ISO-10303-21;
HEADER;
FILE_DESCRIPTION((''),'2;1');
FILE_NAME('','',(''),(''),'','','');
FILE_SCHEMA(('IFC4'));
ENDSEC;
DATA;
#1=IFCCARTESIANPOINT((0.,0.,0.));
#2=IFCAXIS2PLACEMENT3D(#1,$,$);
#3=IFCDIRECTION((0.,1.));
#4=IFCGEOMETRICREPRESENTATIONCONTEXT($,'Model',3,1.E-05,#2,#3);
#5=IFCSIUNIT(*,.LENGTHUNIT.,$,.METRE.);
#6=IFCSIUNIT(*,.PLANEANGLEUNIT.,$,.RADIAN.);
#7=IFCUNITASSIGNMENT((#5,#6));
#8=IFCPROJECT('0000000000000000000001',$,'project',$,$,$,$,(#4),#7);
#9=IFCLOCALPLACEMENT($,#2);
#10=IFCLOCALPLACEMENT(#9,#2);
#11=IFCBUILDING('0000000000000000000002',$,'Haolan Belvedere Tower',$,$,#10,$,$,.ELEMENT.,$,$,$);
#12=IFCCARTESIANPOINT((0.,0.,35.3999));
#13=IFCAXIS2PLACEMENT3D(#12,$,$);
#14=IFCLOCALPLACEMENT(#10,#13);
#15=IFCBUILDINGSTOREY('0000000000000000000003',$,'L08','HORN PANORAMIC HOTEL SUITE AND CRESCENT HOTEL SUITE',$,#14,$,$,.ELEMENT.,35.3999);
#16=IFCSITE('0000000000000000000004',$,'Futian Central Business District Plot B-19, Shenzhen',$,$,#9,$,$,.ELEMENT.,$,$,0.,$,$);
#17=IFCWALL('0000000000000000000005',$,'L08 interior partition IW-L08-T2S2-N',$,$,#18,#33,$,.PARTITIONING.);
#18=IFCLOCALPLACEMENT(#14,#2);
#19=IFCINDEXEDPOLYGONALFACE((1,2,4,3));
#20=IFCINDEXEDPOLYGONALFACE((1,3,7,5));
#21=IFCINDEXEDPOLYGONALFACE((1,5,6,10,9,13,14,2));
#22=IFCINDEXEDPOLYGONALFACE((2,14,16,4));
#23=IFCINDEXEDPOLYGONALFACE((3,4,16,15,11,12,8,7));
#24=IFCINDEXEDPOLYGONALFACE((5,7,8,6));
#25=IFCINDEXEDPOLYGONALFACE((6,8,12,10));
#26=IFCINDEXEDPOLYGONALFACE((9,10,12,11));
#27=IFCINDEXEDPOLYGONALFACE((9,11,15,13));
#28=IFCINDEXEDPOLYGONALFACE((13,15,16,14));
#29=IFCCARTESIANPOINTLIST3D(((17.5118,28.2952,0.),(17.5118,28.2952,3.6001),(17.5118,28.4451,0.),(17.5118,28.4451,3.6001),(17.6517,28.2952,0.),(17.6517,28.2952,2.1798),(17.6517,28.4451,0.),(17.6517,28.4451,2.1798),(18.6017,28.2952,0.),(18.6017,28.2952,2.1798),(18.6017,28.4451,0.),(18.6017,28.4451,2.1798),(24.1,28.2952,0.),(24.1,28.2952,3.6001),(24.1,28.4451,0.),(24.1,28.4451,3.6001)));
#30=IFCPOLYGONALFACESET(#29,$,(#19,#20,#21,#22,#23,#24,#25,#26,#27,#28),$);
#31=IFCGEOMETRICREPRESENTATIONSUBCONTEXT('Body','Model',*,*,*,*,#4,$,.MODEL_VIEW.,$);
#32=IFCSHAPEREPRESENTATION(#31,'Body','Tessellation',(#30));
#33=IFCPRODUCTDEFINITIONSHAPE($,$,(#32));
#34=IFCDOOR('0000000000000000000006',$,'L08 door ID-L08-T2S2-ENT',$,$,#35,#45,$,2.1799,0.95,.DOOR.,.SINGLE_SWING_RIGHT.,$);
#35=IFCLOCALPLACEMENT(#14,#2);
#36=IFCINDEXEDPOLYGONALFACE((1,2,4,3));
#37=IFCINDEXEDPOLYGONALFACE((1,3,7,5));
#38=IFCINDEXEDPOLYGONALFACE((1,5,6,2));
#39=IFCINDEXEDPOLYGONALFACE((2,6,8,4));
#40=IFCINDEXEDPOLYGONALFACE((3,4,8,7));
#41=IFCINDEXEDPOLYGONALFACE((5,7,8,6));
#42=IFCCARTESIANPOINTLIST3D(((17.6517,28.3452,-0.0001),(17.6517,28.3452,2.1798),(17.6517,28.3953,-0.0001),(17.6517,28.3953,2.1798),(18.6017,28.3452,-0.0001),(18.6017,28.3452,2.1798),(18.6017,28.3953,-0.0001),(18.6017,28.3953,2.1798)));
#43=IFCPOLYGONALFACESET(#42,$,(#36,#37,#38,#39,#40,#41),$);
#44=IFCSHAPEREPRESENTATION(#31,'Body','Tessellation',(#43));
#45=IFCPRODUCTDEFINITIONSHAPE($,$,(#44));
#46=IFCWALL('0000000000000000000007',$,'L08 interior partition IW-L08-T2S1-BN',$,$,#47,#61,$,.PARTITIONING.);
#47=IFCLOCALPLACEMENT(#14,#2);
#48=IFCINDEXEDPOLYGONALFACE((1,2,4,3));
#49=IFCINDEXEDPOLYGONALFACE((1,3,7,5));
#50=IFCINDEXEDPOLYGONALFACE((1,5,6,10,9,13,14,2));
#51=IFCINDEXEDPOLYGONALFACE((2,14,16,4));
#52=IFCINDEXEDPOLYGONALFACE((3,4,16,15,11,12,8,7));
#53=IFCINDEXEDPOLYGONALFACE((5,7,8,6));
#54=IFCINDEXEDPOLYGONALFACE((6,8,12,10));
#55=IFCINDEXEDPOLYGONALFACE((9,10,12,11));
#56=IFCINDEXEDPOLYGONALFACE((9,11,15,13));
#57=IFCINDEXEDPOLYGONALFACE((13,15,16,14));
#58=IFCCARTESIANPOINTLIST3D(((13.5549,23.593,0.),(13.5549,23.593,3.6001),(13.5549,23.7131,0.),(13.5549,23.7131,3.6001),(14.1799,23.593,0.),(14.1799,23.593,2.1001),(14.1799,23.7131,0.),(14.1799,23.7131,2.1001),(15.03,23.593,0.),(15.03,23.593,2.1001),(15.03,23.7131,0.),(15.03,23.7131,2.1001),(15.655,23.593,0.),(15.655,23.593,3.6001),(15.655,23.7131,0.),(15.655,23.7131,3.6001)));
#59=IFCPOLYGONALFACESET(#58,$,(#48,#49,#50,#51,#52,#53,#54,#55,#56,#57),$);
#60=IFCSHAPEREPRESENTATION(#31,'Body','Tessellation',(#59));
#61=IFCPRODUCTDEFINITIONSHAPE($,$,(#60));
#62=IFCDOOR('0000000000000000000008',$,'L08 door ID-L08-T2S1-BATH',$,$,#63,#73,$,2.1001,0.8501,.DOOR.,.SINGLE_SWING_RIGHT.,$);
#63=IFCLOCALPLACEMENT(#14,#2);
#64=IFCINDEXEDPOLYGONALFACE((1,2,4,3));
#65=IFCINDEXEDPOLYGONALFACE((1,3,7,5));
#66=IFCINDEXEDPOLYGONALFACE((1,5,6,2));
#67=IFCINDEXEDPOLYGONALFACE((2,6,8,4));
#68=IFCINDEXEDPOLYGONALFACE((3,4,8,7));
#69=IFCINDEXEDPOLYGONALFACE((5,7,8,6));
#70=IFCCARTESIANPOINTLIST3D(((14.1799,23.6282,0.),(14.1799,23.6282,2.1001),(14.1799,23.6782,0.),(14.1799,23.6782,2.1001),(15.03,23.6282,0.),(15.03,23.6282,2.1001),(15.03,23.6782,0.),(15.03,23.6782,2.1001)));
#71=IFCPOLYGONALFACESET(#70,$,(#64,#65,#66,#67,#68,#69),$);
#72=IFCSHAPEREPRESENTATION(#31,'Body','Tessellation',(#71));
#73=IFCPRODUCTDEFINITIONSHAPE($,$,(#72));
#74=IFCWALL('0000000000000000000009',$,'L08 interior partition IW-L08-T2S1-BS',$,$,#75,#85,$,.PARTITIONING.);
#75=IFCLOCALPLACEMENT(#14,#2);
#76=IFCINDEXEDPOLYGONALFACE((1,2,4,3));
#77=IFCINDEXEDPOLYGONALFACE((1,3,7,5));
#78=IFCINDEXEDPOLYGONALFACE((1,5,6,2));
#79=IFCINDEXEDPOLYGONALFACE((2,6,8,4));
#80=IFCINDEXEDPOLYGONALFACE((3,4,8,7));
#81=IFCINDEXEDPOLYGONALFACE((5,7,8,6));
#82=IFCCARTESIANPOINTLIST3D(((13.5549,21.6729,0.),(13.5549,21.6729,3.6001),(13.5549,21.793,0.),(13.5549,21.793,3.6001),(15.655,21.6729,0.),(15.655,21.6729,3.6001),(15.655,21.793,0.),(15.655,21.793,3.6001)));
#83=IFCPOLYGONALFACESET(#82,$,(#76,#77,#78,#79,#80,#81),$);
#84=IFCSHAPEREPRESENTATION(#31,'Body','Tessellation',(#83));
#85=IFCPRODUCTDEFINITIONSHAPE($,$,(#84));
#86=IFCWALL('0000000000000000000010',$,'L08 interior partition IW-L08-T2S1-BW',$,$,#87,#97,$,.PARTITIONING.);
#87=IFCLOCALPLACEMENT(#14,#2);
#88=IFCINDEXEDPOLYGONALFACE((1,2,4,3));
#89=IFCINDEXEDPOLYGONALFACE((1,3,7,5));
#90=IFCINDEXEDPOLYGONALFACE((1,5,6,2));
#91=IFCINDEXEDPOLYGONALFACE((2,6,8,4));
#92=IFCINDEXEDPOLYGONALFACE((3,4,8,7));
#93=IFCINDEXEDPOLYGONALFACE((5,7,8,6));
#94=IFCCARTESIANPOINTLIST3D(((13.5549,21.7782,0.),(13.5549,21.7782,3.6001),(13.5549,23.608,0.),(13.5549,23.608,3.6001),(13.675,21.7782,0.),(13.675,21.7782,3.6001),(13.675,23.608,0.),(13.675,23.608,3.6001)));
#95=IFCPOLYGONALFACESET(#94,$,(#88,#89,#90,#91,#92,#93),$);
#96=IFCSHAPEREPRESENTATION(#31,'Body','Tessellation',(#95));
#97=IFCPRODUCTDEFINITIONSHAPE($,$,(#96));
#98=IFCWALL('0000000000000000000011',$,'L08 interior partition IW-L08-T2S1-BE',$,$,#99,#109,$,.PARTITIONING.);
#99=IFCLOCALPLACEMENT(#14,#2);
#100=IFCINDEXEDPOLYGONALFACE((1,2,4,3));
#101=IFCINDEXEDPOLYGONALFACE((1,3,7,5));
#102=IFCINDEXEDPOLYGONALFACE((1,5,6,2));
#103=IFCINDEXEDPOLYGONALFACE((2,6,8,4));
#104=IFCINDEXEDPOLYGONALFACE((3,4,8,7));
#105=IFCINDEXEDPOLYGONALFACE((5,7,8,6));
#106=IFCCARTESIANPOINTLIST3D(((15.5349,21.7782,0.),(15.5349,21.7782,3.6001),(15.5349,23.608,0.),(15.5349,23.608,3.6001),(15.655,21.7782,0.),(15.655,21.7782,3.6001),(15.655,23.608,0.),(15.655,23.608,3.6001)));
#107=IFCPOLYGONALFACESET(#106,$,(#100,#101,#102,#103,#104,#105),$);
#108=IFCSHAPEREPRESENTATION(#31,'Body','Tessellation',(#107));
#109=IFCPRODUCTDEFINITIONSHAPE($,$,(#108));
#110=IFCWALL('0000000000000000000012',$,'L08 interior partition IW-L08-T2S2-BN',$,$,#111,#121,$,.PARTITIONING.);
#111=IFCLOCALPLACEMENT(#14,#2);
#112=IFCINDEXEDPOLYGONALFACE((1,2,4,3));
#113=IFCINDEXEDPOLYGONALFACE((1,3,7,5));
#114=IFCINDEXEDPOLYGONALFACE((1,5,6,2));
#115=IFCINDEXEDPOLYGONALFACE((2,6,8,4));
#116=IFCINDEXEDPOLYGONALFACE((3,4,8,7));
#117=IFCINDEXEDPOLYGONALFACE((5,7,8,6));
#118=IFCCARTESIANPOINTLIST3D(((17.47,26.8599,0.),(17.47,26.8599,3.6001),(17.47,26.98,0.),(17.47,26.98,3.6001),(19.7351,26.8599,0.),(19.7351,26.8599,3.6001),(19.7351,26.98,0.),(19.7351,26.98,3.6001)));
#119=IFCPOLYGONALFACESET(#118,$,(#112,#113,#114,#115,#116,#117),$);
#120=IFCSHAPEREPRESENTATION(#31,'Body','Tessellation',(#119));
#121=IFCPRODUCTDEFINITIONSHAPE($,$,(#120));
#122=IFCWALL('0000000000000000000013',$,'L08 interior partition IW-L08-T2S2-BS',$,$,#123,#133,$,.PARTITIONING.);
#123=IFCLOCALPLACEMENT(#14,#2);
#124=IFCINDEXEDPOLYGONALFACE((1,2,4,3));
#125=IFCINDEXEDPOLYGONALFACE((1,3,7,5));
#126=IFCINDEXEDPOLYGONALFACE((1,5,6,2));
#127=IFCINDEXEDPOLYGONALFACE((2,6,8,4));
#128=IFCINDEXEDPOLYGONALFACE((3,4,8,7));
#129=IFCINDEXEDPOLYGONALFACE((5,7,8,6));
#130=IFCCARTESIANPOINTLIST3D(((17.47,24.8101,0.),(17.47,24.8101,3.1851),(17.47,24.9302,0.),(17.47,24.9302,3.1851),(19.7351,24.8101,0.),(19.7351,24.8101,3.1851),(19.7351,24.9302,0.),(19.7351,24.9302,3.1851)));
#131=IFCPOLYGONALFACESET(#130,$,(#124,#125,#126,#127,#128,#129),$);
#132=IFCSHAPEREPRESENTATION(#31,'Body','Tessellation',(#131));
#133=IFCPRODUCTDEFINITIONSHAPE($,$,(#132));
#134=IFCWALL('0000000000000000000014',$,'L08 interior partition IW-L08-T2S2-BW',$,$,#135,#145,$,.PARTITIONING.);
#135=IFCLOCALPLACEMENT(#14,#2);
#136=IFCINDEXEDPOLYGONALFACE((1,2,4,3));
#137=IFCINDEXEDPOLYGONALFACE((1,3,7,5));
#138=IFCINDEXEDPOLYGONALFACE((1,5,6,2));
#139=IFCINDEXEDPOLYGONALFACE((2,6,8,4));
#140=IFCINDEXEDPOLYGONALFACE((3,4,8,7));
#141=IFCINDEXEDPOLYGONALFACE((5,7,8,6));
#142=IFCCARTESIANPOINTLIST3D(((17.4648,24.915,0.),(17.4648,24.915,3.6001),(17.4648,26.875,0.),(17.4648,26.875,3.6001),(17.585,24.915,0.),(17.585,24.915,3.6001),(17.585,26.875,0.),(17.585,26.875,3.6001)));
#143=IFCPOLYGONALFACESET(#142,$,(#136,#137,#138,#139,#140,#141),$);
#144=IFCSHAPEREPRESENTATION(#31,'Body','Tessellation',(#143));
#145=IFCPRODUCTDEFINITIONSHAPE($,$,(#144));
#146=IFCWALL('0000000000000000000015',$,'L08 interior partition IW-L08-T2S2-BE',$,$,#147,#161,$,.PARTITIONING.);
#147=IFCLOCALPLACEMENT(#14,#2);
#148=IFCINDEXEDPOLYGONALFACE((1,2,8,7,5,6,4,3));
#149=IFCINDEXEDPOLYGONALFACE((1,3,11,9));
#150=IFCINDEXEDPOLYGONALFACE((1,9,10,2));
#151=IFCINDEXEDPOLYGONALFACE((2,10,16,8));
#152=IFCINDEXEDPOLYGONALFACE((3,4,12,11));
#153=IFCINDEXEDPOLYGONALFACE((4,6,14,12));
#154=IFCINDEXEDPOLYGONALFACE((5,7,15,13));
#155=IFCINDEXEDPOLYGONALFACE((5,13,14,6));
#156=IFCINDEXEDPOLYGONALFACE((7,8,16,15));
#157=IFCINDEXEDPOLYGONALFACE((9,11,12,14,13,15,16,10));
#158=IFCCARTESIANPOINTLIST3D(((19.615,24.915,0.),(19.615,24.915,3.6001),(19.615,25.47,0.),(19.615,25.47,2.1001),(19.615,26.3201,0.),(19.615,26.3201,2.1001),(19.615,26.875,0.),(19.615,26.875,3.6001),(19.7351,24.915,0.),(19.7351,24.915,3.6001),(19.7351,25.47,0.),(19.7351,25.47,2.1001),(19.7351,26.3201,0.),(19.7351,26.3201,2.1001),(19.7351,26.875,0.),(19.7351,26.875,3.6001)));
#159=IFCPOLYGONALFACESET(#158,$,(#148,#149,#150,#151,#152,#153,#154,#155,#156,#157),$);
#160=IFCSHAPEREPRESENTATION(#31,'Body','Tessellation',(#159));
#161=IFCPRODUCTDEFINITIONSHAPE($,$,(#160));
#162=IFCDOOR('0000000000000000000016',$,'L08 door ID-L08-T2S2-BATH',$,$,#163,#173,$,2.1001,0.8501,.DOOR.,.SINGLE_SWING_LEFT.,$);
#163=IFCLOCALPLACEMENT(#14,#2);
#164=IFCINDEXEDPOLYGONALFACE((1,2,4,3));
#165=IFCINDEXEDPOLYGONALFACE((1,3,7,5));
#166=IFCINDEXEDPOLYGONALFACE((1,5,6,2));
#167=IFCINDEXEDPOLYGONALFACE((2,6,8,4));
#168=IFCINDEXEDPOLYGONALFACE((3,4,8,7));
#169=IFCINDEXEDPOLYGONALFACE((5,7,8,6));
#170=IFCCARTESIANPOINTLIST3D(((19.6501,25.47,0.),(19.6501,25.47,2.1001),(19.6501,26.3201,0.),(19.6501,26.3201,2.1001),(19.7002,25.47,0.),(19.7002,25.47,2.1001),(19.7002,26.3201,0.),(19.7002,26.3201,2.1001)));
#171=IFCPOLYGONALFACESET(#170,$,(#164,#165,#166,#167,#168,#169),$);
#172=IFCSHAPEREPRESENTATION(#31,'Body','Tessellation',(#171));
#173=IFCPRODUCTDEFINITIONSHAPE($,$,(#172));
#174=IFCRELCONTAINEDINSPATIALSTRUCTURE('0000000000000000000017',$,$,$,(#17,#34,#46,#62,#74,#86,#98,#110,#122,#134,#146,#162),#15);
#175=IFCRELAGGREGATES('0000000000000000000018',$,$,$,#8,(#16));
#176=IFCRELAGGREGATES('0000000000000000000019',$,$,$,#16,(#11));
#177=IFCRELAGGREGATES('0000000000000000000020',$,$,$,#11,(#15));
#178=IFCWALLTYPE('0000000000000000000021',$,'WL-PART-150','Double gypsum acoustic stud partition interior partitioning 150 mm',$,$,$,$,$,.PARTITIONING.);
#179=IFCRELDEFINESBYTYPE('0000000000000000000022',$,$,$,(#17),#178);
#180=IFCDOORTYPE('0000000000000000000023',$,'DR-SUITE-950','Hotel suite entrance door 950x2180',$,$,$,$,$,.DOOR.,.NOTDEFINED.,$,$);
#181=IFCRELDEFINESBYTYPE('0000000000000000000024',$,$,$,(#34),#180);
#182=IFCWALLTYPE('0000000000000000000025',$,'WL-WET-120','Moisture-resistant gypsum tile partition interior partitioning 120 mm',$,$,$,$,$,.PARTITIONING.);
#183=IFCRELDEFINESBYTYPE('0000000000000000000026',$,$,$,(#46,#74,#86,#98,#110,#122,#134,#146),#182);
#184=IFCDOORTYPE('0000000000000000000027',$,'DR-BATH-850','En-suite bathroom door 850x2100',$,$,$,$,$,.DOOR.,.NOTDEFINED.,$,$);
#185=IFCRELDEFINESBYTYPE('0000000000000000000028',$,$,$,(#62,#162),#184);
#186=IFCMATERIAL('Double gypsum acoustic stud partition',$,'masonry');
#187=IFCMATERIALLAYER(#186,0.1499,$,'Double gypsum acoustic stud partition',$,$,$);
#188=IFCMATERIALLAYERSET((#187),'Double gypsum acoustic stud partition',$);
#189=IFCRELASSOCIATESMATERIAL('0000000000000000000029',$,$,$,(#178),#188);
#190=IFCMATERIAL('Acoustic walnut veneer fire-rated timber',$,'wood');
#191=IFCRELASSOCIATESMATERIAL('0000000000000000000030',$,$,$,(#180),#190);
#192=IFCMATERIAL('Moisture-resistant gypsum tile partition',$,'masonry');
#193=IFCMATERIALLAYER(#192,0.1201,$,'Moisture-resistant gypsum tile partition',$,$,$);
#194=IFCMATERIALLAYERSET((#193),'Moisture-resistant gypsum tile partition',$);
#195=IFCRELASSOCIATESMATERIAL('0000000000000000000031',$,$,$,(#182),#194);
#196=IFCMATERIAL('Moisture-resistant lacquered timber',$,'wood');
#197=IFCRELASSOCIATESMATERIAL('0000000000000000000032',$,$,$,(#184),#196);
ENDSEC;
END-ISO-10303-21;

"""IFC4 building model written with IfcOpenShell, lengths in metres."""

from ifc_helpers import new_model, si_unit, direction, frame, frame_2d, origin, place, context, subcontext, project, spatial, rectangle, extrude, material, layer, layer_set, type_object, element, fill, save


model = new_model("IFC4")

# Units and contexts
model_context = context("Model", 3, precision=1e-05, world=origin(), true_north=direction((0.0, 1.0)))
body_context = subcontext(model_context, "Body", "Model", "MODEL_VIEW")
ifc_project = project(units=[si_unit("LENGTHUNIT", "METRE"), si_unit("PLANEANGLEUNIT", "RADIAN")], contexts=[model_context])

# Site, building, storey
site_placement = place(None, origin())
site = spatial("IfcSite", under=ifc_project, at=site_placement, Name="Futian Central Business District Plot B-19, Shenzhen", CompositionType="ELEMENT", RefElevation=0.0)
building_placement = place(site_placement, origin())
building = spatial("IfcBuilding", under=site, at=building_placement, Name="Haolan Belvedere Tower", CompositionType="ELEMENT")
storey_placement = place(building_placement, frame((0.0, 0.0, 35.3999)))
storey = spatial("IfcBuildingStorey", under=building, at=storey_placement, Name="L08", Description="HORN PANORAMIC HOTEL SUITE AND CRESCENT HOTEL SUITE", CompositionType="ELEMENT", Elevation=35.3999)

# Shared definitions
ifc_material_1 = material(Name="Double gypsum acoustic stud partition", Category="masonry")
ifc_layer_1 = layer(ifc_material_1, 0.1499, Name="Double gypsum acoustic stud partition")
ifc_layer_set_1 = layer_set([ifc_layer_1], Name="Double gypsum acoustic stud partition")
wall_type_1 = type_object("IfcWallType", Name="WL-PART-150", Description="Double gypsum acoustic stud partition interior partitioning 150 mm", PredefinedType="PARTITIONING", material=ifc_layer_set_1)

# Walls, openings, doors
wall_1_placement = place(storey_placement, frame((17.512, 28.3701, 0.0), z_axis=(0.0, 0.0, 1.0), x_axis=(1.0, 0.0, 0.0)))
wall_1 = element("IfcWall", 1, at=wall_1_placement, inside=storey, type_object=wall_type_1, Name="L08 interior partition IW-L08-T2S2-N", PredefinedType="PARTITIONING", context=body_context, shape_type="SweptSolid", body=[
    extrude(rectangle(XDim=6.5881, YDim=0.1499, at=frame_2d((3.2939, 0.0))), origin(), (0.0, 0.0, 1.0), 3.6001),
])
opening_1_placement = place(wall_1_placement, frame((1.0898, 0.0, 0.0), z_axis=(0.0, 0.0, 1.0), x_axis=(-1.0, 0.0, 0.0)))
opening_1 = element("IfcOpeningElement", 2, at=opening_1_placement, cuts=wall_1, PredefinedType="OPENING", context=body_context, shape_type="SweptSolid", body=[
    extrude(rectangle(XDim=0.95, YDim=2.1799, at=frame_2d((0.4751, 1.0898))), frame((0.0, 0.085, 0.0), z_axis=(0.0, -1.0, 0.0), x_axis=(1.0, 0.0, 0.0)), (0.0, 0.0, 1.0), 0.1699),
])
ifc_material_2 = material(Name="Acoustic walnut veneer fire-rated timber", Category="wood")
door_type_1 = type_object("IfcDoorType", Name="DR-SUITE-950", Description="Hotel suite entrance door 950x2180", OperationType="NOTDEFINED", PredefinedType="DOOR", material=ifc_material_2)
door_1_placement = place(opening_1_placement, origin())
door_1 = element("IfcDoor", 3, at=door_1_placement, inside=storey, type_object=door_type_1, Name="L08 door ID-L08-T2S2-ENT", OperationType="SINGLE_SWING_RIGHT", OverallHeight=2.1799, OverallWidth=0.95, PredefinedType="DOOR", context=body_context, shape_type="SweptSolid", body=[
    extrude(rectangle(XDim=0.95, YDim=2.1799, at=frame_2d((0.4751, 1.0898))), frame((0.0, 0.0249, 0.0), z_axis=(0.0, -1.0, 0.0), x_axis=(1.0, 0.0, 0.0)), (0.0, 0.0, 1.0), 0.05),
])
fill(opening_1, door_1)
ifc_material_3 = material(Name="Moisture-resistant gypsum tile partition", Category="masonry")
ifc_layer_2 = layer(ifc_material_3, 0.1201, Name="Moisture-resistant gypsum tile partition")
ifc_layer_set_2 = layer_set([ifc_layer_2], Name="Moisture-resistant gypsum tile partition")
wall_type_2 = type_object("IfcWallType", Name="WL-WET-120", Description="Moisture-resistant gypsum tile partition interior partitioning 120 mm", PredefinedType="PARTITIONING", material=ifc_layer_set_2)
wall_2_placement = place(storey_placement, frame((13.5549, 23.6531, 0.0), z_axis=(0.0, 0.0, 1.0), x_axis=(1.0, 0.0, 0.0)))
wall_2 = element("IfcWall", 4, at=wall_2_placement, inside=storey, type_object=wall_type_2, Name="L08 interior partition IW-L08-T2S1-BN", PredefinedType="PARTITIONING", context=body_context, shape_type="SweptSolid", body=[
    extrude(rectangle(XDim=2.1001, YDim=0.1201, at=frame_2d((1.05, 0.0))), origin(), (0.0, 0.0, 1.0), 3.6001),
])
opening_2_placement = place(wall_2_placement, frame((1.4751, 0.0, 0.0), z_axis=(0.0, 0.0, 1.0), x_axis=(-1.0, 0.0, 0.0)))
opening_2 = element("IfcOpeningElement", 5, at=opening_2_placement, cuts=wall_2, PredefinedType="OPENING", context=body_context, shape_type="SweptSolid", body=[
    extrude(rectangle(XDim=0.8501, YDim=2.1001, at=frame_2d((0.425, 1.05))), frame((0.0, 0.0701, 0.0), z_axis=(0.0, -1.0, 0.0), x_axis=(1.0, 0.0, 0.0)), (0.0, 0.0, 1.0), 0.1401),
])
ifc_material_4 = material(Name="Moisture-resistant lacquered timber", Category="wood")
door_type_2 = type_object("IfcDoorType", Name="DR-BATH-850", Description="En-suite bathroom door 850x2100", OperationType="NOTDEFINED", PredefinedType="DOOR", material=ifc_material_4)
door_2_placement = place(opening_2_placement, origin())
door_2 = element("IfcDoor", 6, at=door_2_placement, inside=storey, type_object=door_type_2, Name="L08 door ID-L08-T2S1-BATH", OperationType="SINGLE_SWING_RIGHT", OverallHeight=2.1001, OverallWidth=0.8501, PredefinedType="DOOR", context=body_context, shape_type="SweptSolid", body=[
    extrude(rectangle(XDim=0.8501, YDim=2.1001, at=frame_2d((0.425, 1.05))), frame((0.0, 0.0249, 0.0), z_axis=(0.0, -1.0, 0.0), x_axis=(1.0, 0.0, 0.0)), (0.0, 0.0, 1.0), 0.05),
])
fill(opening_2, door_2)

# Walls
wall_3_placement = place(storey_placement, frame((13.5549, 21.7329, 0.0), z_axis=(0.0, 0.0, 1.0), x_axis=(1.0, 0.0, 0.0)))
element("IfcWall", 7, at=wall_3_placement, inside=storey, type_object=wall_type_2, Name="L08 interior partition IW-L08-T2S1-BS", PredefinedType="PARTITIONING", context=body_context, shape_type="SweptSolid", body=[
    extrude(rectangle(XDim=2.1001, YDim=0.1201, at=frame_2d((1.05, 0.0))), origin(), (0.0, 0.0, 1.0), 3.6001),
])
for number, where, z_axis, x_axis, name in (
    (8, (13.615, 21.7781, 0.0), (0.0, 0.0, 1.0), (0.0, 1.0, 0.0), "L08 interior partition IW-L08-T2S1-BW"),
    (9, (15.595, 21.7781, 0.0), (0.0, 0.0, 1.0), (0.0, 1.0, 0.0), "L08 interior partition IW-L08-T2S1-BE"),
):
    element("IfcWall", number, at=place(storey_placement, frame(where, z_axis=z_axis, x_axis=x_axis)), inside=storey, type_object=wall_type_2, Name=name, PredefinedType="PARTITIONING", context=body_context, shape_type="SweptSolid", body=[
        extrude(rectangle(XDim=1.8298, YDim=0.1201, at=frame_2d((0.915, 0.0))), origin(), (0.0, 0.0, 1.0), 3.6001),
    ])
wall_4_placement = place(storey_placement, frame((17.47, 26.9199, 0.0), z_axis=(0.0, 0.0, 1.0), x_axis=(1.0, 0.0, 0.0)))
element("IfcWall", 10, at=wall_4_placement, inside=storey, type_object=wall_type_2, Name="L08 interior partition IW-L08-T2S2-BN", PredefinedType="PARTITIONING", context=body_context, shape_type="SweptSolid", body=[
    extrude(rectangle(XDim=2.2651, YDim=0.1201, at=frame_2d((1.1326, 0.0))), origin(), (0.0, 0.0, 1.0), 3.6001),
])
wall_5_placement = place(storey_placement, frame((17.47, 24.8701, 0.0), z_axis=(0.0, 0.0, 1.0), x_axis=(1.0, 0.0, 0.0)))
element("IfcWall", 11, at=wall_5_placement, inside=storey, type_object=wall_type_2, Name="L08 interior partition IW-L08-T2S2-BS", PredefinedType="PARTITIONING", context=body_context, shape_type="SweptSolid", body=[
    extrude(rectangle(XDim=2.2651, YDim=0.1201, at=frame_2d((1.1326, 0.0))), origin(), (0.0, 0.0, 1.0), 3.1851),
])
wall_6_placement = place(storey_placement, frame((17.5249, 24.915, 0.0), z_axis=(0.0, 0.0, 1.0), x_axis=(0.0, 1.0, 0.0)))
element("IfcWall", 12, at=wall_6_placement, inside=storey, type_object=wall_type_2, Name="L08 interior partition IW-L08-T2S2-BW", PredefinedType="PARTITIONING", context=body_context, shape_type="SweptSolid", body=[
    extrude(rectangle(XDim=1.96, YDim=0.1201, at=frame_2d((0.98, 0.0))), origin(), (0.0, 0.0, 1.0), 3.6001),
])

# Wall, opening, door
wall_7_placement = place(storey_placement, frame((19.675, 24.915, 0.0), z_axis=(0.0, 0.0, 1.0), x_axis=(0.0, 1.0, 0.0)))
wall_7 = element("IfcWall", 13, at=wall_7_placement, inside=storey, type_object=wall_type_2, Name="L08 interior partition IW-L08-T2S2-BE", PredefinedType="PARTITIONING", context=body_context, shape_type="SweptSolid", body=[
    extrude(rectangle(XDim=1.96, YDim=0.1201, at=frame_2d((0.98, 0.0))), origin(), (0.0, 0.0, 1.0), 3.6001),
])
opening_3_placement = place(wall_7_placement, frame((0.5549, 0.0, 0.0)))
opening_3 = element("IfcOpeningElement", 14, at=opening_3_placement, cuts=wall_7, PredefinedType="OPENING", context=body_context, shape_type="SweptSolid", body=[
    extrude(rectangle(XDim=0.8501, YDim=2.1001, at=frame_2d((0.425, 1.05))), frame((0.0, 0.0701, 0.0), z_axis=(0.0, -1.0, 0.0), x_axis=(1.0, 0.0, 0.0)), (0.0, 0.0, 1.0), 0.1401),
])
door_3_placement = place(opening_3_placement, origin())
door_3 = element("IfcDoor", 15, at=door_3_placement, inside=storey, type_object=door_type_2, Name="L08 door ID-L08-T2S2-BATH", OperationType="SINGLE_SWING_LEFT", OverallHeight=2.1001, OverallWidth=0.8501, PredefinedType="DOOR", context=body_context, shape_type="SweptSolid", body=[
    extrude(rectangle(XDim=0.8501, YDim=2.1001, at=frame_2d((0.425, 1.05))), frame((0.0, 0.0249, 0.0), z_axis=(0.0, -1.0, 0.0), x_axis=(1.0, 0.0, 0.0)), (0.0, 0.0, 1.0), 0.05),
])
fill(opening_3, door_3)

save(model, "model.ifc")
